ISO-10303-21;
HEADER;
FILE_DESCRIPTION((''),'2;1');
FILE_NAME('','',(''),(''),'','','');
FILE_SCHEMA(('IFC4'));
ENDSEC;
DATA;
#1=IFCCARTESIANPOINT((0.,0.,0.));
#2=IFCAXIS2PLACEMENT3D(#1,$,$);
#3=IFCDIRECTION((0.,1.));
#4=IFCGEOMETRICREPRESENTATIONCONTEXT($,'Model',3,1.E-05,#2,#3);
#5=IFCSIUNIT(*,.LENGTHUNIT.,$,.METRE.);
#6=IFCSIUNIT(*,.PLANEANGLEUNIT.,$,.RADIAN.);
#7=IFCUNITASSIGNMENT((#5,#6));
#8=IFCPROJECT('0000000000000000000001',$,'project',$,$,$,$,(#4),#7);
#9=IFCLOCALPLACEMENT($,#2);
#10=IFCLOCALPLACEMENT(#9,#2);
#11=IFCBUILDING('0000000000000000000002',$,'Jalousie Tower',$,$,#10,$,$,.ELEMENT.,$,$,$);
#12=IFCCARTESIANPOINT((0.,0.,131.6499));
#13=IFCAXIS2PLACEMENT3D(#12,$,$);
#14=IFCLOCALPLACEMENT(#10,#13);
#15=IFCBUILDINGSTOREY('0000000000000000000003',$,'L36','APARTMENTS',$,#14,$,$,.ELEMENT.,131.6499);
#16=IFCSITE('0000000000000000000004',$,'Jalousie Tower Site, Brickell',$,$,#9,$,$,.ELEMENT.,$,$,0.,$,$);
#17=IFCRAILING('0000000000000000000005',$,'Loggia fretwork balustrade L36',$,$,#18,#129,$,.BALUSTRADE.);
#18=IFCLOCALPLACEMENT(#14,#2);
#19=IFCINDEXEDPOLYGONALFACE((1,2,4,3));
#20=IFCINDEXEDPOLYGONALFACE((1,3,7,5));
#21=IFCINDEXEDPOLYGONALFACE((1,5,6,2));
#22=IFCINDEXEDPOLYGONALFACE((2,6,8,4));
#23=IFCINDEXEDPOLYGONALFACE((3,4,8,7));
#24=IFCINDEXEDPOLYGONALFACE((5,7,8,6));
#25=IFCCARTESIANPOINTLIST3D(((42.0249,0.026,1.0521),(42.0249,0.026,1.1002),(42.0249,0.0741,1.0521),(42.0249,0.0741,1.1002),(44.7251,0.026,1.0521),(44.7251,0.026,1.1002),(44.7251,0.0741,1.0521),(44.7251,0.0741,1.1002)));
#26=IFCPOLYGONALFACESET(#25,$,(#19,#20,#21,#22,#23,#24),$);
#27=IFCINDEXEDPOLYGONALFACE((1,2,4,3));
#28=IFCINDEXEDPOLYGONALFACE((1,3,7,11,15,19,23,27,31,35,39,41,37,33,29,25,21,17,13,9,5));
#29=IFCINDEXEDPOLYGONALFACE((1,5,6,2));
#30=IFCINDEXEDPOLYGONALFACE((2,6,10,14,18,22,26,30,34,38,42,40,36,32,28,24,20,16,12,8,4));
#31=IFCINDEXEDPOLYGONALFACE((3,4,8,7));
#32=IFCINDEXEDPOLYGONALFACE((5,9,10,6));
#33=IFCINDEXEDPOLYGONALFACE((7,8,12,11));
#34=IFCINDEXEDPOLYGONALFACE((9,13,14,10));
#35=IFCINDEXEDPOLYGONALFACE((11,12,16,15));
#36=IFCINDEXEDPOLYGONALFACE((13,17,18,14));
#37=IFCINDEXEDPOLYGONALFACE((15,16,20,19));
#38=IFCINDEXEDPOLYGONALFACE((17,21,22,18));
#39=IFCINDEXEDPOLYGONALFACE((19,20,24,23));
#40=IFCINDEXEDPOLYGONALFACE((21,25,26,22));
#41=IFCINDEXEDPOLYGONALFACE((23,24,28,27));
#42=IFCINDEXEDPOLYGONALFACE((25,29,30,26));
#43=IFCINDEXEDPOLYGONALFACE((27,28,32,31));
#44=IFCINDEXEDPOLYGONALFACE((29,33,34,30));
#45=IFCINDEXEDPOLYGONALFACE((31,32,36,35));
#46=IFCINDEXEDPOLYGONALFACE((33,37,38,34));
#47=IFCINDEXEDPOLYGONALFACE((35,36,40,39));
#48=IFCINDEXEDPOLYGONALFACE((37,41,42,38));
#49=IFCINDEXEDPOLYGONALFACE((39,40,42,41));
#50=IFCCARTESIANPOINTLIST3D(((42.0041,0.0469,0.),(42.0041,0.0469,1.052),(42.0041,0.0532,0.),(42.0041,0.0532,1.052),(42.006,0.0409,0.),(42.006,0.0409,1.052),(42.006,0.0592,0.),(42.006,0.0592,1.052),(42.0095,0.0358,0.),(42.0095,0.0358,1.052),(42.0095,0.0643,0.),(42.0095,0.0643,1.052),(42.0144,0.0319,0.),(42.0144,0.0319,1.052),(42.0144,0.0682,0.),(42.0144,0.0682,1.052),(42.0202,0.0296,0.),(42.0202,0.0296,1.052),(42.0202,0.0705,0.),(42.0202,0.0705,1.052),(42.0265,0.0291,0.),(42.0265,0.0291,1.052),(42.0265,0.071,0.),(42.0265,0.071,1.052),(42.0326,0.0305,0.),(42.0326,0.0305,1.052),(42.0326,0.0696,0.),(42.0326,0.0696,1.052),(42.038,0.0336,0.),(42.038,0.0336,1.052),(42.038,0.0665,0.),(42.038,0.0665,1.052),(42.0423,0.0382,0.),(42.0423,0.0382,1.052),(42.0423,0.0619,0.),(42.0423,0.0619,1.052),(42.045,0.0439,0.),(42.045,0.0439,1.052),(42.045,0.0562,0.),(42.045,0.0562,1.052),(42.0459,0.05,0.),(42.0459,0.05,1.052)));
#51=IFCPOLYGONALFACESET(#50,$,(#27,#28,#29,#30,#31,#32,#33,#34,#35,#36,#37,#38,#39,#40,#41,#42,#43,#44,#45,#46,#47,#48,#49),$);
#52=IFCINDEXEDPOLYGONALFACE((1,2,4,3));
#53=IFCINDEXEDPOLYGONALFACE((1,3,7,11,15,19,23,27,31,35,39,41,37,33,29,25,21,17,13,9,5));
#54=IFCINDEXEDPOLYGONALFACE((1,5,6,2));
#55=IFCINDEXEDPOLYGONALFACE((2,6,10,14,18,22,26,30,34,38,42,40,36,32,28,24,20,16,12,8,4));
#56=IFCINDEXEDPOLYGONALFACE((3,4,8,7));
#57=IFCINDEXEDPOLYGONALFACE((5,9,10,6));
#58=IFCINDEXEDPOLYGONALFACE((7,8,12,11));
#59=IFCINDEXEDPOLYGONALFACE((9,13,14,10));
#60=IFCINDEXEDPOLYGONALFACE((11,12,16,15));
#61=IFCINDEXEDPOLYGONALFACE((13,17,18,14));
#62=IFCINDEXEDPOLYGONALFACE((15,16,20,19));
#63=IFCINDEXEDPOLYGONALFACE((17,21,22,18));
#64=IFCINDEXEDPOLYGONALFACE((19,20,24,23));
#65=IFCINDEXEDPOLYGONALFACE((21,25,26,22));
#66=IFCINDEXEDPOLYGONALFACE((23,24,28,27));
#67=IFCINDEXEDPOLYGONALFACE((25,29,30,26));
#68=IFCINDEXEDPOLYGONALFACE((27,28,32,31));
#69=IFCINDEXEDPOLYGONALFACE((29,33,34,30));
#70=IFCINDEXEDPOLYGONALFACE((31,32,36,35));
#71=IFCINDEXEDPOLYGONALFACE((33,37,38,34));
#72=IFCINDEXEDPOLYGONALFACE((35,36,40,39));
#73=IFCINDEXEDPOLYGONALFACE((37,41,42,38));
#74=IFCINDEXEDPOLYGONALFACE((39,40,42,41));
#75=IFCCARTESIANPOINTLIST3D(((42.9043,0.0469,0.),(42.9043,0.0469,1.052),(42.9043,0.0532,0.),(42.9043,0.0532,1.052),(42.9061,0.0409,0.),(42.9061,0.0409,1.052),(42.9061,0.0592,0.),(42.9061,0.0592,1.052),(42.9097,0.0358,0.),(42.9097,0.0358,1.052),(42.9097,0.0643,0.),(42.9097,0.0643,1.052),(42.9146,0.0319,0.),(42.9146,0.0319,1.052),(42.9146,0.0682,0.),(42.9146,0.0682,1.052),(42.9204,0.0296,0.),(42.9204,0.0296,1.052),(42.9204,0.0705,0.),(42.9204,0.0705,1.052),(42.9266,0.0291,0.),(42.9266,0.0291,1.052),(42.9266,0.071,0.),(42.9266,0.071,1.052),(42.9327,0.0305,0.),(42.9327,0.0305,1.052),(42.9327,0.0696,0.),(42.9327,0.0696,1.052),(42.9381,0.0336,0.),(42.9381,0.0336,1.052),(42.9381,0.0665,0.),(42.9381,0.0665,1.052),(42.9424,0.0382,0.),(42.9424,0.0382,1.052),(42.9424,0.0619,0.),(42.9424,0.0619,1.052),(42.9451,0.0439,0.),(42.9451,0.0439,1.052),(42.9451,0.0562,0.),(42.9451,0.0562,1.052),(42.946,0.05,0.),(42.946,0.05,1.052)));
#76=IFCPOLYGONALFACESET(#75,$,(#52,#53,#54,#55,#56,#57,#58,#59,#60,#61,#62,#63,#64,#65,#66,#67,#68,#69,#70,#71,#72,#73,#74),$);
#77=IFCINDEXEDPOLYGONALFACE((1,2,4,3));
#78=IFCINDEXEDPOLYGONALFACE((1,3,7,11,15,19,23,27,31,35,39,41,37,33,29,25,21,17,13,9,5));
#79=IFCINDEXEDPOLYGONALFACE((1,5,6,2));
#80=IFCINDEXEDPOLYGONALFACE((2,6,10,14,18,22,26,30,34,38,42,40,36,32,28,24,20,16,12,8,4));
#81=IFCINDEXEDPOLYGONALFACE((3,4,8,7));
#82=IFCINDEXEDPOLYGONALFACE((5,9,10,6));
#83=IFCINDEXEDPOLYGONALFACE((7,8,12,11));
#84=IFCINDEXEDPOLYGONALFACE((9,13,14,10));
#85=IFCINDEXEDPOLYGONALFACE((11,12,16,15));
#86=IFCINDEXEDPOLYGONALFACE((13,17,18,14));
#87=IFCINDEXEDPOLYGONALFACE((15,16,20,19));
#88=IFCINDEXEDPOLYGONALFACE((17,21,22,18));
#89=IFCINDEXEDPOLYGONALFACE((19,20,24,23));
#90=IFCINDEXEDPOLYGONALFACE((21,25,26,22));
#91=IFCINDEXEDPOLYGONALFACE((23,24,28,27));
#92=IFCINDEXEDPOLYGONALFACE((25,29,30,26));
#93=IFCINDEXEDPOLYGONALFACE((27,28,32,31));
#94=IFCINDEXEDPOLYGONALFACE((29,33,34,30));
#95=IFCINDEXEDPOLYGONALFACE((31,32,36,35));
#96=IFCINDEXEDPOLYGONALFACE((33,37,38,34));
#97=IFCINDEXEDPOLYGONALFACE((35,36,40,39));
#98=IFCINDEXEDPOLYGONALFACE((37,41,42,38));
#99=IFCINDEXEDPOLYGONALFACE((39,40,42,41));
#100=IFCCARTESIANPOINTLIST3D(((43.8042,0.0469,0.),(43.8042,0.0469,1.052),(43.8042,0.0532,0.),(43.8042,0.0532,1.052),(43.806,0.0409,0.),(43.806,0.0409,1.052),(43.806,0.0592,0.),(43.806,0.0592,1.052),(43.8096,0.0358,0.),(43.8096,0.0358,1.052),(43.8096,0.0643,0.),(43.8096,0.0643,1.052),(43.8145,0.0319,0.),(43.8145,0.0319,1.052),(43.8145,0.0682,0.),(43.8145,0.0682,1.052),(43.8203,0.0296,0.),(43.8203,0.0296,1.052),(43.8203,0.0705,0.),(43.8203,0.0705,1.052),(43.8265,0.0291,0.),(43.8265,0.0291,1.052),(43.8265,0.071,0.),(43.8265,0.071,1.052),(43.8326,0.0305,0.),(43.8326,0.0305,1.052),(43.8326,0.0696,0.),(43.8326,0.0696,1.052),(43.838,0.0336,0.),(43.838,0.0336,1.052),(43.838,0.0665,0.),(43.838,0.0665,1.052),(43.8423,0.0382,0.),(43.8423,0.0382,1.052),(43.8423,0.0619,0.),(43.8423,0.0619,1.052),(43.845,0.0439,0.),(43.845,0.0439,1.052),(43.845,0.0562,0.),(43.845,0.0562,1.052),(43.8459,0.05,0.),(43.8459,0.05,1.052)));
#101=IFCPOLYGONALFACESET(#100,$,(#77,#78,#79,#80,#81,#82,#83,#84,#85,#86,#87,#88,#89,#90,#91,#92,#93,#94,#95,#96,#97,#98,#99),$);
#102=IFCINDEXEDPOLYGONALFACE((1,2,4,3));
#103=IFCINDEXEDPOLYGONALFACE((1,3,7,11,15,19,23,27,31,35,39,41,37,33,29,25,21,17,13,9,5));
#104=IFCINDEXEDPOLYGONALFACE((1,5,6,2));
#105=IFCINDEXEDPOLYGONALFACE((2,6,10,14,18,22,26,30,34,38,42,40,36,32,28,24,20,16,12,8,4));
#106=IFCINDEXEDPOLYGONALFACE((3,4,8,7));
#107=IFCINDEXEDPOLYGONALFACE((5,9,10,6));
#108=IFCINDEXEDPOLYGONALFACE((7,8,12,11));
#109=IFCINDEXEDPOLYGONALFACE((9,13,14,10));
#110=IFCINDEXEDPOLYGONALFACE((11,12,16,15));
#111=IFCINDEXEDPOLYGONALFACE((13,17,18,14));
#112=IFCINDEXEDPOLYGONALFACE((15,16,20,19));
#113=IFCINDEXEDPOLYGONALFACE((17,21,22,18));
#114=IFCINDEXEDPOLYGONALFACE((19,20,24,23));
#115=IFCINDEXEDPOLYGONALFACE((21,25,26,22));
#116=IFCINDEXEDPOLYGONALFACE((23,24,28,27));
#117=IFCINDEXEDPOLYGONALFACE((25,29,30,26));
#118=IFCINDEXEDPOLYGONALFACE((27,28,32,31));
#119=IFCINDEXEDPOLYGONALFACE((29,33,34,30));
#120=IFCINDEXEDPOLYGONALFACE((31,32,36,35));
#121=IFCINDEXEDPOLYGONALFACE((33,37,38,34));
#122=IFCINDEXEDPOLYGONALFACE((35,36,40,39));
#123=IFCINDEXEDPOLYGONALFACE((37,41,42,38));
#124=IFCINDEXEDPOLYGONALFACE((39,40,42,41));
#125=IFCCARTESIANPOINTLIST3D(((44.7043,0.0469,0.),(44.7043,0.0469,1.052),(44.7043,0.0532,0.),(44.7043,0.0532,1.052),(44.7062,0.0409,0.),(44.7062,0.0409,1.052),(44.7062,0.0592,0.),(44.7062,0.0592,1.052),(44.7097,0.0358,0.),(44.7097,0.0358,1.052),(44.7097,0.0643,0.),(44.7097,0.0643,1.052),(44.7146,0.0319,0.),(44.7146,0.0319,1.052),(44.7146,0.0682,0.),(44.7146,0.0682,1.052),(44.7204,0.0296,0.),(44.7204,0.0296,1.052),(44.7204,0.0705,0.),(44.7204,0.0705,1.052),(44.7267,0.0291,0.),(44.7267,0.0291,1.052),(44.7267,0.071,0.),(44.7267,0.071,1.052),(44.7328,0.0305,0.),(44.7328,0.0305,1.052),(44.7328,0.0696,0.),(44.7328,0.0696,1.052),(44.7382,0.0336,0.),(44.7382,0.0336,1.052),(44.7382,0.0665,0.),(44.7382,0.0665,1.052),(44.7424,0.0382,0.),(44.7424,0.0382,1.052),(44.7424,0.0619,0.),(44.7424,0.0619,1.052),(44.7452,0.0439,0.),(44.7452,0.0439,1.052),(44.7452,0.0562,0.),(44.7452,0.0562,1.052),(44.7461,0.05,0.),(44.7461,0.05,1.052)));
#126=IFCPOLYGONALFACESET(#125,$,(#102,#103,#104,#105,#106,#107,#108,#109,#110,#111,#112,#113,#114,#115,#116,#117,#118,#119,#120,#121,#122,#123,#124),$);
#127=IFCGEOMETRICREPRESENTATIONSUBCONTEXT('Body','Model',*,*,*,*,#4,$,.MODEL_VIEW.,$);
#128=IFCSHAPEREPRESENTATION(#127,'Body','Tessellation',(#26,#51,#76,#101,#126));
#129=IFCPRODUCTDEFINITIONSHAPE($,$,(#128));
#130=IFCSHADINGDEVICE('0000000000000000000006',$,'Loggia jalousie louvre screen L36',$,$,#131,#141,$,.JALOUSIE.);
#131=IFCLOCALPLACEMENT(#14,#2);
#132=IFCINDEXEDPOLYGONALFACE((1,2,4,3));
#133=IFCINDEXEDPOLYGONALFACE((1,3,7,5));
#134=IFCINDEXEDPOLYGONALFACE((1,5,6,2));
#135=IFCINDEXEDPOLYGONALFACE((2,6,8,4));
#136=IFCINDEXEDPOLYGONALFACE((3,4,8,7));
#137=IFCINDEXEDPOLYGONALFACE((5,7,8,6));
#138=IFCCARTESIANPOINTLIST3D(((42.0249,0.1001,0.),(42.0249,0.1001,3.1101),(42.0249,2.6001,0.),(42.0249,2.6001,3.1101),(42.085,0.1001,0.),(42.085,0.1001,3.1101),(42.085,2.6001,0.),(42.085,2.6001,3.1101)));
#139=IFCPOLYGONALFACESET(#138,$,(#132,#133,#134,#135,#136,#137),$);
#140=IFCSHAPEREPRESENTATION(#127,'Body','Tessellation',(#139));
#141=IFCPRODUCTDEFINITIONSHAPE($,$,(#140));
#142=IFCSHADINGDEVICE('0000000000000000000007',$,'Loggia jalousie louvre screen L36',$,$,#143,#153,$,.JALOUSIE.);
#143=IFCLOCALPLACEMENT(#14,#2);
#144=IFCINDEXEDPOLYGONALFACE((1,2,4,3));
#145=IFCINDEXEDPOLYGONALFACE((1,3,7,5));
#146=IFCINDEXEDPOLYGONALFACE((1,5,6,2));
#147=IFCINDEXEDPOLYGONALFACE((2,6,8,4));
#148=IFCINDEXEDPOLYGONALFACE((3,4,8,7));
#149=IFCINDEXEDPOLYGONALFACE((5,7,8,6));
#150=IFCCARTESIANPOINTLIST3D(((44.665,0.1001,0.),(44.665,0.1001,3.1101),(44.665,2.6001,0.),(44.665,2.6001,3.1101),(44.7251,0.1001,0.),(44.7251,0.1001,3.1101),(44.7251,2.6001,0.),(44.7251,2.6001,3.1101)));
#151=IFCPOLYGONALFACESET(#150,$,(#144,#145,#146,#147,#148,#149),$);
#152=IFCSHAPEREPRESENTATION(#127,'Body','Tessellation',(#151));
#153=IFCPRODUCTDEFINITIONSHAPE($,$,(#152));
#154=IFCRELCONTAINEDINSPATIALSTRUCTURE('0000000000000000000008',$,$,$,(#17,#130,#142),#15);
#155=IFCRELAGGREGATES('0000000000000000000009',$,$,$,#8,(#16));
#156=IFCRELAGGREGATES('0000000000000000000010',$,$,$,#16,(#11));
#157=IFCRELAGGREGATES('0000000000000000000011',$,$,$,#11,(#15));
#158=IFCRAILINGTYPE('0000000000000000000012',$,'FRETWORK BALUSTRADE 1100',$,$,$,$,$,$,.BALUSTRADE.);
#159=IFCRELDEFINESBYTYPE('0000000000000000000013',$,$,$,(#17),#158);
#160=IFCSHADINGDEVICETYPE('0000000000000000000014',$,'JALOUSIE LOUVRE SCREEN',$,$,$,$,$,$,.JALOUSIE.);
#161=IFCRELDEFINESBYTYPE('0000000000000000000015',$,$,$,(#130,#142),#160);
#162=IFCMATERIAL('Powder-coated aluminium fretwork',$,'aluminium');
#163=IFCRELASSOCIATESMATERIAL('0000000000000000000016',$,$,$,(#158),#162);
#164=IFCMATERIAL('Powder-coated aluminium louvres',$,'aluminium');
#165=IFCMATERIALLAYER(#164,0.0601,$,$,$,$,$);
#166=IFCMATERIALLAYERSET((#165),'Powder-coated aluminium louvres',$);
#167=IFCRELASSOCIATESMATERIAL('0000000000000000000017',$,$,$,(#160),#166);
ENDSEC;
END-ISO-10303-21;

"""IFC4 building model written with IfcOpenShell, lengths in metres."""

from ifc_helpers import new_model, si_unit, direction, frame, origin, origin_2d, place, context, subcontext, project, spatial, rectangle, circle, extrude, material, layer, layer_set, type_object, element, save


model = new_model("IFC4")

# Units and contexts
model_context = context("Model", 3, precision=1e-05, world=origin(), true_north=direction((0.0, 1.0)))
body_context = subcontext(model_context, "Body", "Model", "MODEL_VIEW")
ifc_project = project(units=[si_unit("LENGTHUNIT", "METRE"), si_unit("PLANEANGLEUNIT", "RADIAN")], contexts=[model_context])

# Site, building, storey
site_placement = place(None, origin())
site = spatial("IfcSite", under=ifc_project, at=site_placement, Name="Jalousie Tower Site, Brickell", CompositionType="ELEMENT", RefElevation=0.0)
building_placement = place(site_placement, origin())
building = spatial("IfcBuilding", under=site, at=building_placement, Name="Jalousie Tower", CompositionType="ELEMENT")
storey_placement = place(building_placement, frame((0.0, 0.0, 131.6499)))
storey = spatial("IfcBuildingStorey", under=building, at=storey_placement, Name="L36", Description="APARTMENTS", CompositionType="ELEMENT", Elevation=131.6499)

# Railing
ifc_material_1 = material(Name="Powder-coated aluminium fretwork", Category="aluminium")
railing_type = type_object("IfcRailingType", Name="FRETWORK BALUSTRADE 1100", PredefinedType="BALUSTRADE", material=ifc_material_1)
railing_placement = place(storey_placement, frame((42.0249, 0.05, 0.0)))
element("IfcRailing", 1, at=railing_placement, inside=storey, type_object=railing_type, Name="Loggia fretwork balustrade L36", PredefinedType="BALUSTRADE", context=body_context, shape_type="SweptSolid", body=[
    extrude(rectangle(XDim=0.0481, YDim=0.0481, at=origin_2d()), frame((0.0, 0.0, 1.0762), z_axis=(1.0, 0.0, 0.0), x_axis=(0.0, 1.0, 0.0)), (0.0, 0.0, 1.0), 2.7002),
    extrude(circle(Radius=0.021, at=origin_2d()), origin(), (0.0, 0.0, 1.0), 1.052),
    extrude(circle(Radius=0.021, at=origin_2d()), frame((0.9001, 0.0, 0.0)), (0.0, 0.0, 1.0), 1.052),
    extrude(circle(Radius=0.021, at=origin_2d()), frame((1.8, 0.0, 0.0)), (0.0, 0.0, 1.0), 1.052),
    extrude(circle(Radius=0.021, at=origin_2d()), frame((2.7002, 0.0, 0.0)), (0.0, 0.0, 1.0), 1.052),
])

# Shading devices
ifc_material_2 = material(Name="Powder-coated aluminium louvres", Category="aluminium")
ifc_layer_1 = layer(ifc_material_2, 0.0601)
ifc_layer_set_1 = layer_set([ifc_layer_1], Name="Powder-coated aluminium louvres")
shading_device_type_1 = type_object("IfcShadingDeviceType", Name="JALOUSIE LOUVRE SCREEN", PredefinedType="JALOUSIE", material=ifc_layer_set_1)
for number, where, z_axis, x_axis, name in (
    (2, (42.0549, 1.3501, 0.0), (0.0, 0.0, 1.0), (1.0, 0.0, 0.0), "Loggia jalousie louvre screen L36"),
    (3, (44.6951, 1.3501, 0.0), (0.0, 0.0, 1.0), (1.0, 0.0, 0.0), "Loggia jalousie louvre screen L36"),
):
    element("IfcShadingDevice", number, at=place(storey_placement, frame(where, z_axis=z_axis, x_axis=x_axis)), inside=storey, type_object=shading_device_type_1, Name=name, PredefinedType="JALOUSIE", context=body_context, shape_type="SweptSolid", body=[
        extrude(rectangle(XDim=0.0601, YDim=2.5, at=origin_2d()), origin(), (0.0, 0.0, 1.0), 3.1101),
    ])

save(model, "model.ifc")
